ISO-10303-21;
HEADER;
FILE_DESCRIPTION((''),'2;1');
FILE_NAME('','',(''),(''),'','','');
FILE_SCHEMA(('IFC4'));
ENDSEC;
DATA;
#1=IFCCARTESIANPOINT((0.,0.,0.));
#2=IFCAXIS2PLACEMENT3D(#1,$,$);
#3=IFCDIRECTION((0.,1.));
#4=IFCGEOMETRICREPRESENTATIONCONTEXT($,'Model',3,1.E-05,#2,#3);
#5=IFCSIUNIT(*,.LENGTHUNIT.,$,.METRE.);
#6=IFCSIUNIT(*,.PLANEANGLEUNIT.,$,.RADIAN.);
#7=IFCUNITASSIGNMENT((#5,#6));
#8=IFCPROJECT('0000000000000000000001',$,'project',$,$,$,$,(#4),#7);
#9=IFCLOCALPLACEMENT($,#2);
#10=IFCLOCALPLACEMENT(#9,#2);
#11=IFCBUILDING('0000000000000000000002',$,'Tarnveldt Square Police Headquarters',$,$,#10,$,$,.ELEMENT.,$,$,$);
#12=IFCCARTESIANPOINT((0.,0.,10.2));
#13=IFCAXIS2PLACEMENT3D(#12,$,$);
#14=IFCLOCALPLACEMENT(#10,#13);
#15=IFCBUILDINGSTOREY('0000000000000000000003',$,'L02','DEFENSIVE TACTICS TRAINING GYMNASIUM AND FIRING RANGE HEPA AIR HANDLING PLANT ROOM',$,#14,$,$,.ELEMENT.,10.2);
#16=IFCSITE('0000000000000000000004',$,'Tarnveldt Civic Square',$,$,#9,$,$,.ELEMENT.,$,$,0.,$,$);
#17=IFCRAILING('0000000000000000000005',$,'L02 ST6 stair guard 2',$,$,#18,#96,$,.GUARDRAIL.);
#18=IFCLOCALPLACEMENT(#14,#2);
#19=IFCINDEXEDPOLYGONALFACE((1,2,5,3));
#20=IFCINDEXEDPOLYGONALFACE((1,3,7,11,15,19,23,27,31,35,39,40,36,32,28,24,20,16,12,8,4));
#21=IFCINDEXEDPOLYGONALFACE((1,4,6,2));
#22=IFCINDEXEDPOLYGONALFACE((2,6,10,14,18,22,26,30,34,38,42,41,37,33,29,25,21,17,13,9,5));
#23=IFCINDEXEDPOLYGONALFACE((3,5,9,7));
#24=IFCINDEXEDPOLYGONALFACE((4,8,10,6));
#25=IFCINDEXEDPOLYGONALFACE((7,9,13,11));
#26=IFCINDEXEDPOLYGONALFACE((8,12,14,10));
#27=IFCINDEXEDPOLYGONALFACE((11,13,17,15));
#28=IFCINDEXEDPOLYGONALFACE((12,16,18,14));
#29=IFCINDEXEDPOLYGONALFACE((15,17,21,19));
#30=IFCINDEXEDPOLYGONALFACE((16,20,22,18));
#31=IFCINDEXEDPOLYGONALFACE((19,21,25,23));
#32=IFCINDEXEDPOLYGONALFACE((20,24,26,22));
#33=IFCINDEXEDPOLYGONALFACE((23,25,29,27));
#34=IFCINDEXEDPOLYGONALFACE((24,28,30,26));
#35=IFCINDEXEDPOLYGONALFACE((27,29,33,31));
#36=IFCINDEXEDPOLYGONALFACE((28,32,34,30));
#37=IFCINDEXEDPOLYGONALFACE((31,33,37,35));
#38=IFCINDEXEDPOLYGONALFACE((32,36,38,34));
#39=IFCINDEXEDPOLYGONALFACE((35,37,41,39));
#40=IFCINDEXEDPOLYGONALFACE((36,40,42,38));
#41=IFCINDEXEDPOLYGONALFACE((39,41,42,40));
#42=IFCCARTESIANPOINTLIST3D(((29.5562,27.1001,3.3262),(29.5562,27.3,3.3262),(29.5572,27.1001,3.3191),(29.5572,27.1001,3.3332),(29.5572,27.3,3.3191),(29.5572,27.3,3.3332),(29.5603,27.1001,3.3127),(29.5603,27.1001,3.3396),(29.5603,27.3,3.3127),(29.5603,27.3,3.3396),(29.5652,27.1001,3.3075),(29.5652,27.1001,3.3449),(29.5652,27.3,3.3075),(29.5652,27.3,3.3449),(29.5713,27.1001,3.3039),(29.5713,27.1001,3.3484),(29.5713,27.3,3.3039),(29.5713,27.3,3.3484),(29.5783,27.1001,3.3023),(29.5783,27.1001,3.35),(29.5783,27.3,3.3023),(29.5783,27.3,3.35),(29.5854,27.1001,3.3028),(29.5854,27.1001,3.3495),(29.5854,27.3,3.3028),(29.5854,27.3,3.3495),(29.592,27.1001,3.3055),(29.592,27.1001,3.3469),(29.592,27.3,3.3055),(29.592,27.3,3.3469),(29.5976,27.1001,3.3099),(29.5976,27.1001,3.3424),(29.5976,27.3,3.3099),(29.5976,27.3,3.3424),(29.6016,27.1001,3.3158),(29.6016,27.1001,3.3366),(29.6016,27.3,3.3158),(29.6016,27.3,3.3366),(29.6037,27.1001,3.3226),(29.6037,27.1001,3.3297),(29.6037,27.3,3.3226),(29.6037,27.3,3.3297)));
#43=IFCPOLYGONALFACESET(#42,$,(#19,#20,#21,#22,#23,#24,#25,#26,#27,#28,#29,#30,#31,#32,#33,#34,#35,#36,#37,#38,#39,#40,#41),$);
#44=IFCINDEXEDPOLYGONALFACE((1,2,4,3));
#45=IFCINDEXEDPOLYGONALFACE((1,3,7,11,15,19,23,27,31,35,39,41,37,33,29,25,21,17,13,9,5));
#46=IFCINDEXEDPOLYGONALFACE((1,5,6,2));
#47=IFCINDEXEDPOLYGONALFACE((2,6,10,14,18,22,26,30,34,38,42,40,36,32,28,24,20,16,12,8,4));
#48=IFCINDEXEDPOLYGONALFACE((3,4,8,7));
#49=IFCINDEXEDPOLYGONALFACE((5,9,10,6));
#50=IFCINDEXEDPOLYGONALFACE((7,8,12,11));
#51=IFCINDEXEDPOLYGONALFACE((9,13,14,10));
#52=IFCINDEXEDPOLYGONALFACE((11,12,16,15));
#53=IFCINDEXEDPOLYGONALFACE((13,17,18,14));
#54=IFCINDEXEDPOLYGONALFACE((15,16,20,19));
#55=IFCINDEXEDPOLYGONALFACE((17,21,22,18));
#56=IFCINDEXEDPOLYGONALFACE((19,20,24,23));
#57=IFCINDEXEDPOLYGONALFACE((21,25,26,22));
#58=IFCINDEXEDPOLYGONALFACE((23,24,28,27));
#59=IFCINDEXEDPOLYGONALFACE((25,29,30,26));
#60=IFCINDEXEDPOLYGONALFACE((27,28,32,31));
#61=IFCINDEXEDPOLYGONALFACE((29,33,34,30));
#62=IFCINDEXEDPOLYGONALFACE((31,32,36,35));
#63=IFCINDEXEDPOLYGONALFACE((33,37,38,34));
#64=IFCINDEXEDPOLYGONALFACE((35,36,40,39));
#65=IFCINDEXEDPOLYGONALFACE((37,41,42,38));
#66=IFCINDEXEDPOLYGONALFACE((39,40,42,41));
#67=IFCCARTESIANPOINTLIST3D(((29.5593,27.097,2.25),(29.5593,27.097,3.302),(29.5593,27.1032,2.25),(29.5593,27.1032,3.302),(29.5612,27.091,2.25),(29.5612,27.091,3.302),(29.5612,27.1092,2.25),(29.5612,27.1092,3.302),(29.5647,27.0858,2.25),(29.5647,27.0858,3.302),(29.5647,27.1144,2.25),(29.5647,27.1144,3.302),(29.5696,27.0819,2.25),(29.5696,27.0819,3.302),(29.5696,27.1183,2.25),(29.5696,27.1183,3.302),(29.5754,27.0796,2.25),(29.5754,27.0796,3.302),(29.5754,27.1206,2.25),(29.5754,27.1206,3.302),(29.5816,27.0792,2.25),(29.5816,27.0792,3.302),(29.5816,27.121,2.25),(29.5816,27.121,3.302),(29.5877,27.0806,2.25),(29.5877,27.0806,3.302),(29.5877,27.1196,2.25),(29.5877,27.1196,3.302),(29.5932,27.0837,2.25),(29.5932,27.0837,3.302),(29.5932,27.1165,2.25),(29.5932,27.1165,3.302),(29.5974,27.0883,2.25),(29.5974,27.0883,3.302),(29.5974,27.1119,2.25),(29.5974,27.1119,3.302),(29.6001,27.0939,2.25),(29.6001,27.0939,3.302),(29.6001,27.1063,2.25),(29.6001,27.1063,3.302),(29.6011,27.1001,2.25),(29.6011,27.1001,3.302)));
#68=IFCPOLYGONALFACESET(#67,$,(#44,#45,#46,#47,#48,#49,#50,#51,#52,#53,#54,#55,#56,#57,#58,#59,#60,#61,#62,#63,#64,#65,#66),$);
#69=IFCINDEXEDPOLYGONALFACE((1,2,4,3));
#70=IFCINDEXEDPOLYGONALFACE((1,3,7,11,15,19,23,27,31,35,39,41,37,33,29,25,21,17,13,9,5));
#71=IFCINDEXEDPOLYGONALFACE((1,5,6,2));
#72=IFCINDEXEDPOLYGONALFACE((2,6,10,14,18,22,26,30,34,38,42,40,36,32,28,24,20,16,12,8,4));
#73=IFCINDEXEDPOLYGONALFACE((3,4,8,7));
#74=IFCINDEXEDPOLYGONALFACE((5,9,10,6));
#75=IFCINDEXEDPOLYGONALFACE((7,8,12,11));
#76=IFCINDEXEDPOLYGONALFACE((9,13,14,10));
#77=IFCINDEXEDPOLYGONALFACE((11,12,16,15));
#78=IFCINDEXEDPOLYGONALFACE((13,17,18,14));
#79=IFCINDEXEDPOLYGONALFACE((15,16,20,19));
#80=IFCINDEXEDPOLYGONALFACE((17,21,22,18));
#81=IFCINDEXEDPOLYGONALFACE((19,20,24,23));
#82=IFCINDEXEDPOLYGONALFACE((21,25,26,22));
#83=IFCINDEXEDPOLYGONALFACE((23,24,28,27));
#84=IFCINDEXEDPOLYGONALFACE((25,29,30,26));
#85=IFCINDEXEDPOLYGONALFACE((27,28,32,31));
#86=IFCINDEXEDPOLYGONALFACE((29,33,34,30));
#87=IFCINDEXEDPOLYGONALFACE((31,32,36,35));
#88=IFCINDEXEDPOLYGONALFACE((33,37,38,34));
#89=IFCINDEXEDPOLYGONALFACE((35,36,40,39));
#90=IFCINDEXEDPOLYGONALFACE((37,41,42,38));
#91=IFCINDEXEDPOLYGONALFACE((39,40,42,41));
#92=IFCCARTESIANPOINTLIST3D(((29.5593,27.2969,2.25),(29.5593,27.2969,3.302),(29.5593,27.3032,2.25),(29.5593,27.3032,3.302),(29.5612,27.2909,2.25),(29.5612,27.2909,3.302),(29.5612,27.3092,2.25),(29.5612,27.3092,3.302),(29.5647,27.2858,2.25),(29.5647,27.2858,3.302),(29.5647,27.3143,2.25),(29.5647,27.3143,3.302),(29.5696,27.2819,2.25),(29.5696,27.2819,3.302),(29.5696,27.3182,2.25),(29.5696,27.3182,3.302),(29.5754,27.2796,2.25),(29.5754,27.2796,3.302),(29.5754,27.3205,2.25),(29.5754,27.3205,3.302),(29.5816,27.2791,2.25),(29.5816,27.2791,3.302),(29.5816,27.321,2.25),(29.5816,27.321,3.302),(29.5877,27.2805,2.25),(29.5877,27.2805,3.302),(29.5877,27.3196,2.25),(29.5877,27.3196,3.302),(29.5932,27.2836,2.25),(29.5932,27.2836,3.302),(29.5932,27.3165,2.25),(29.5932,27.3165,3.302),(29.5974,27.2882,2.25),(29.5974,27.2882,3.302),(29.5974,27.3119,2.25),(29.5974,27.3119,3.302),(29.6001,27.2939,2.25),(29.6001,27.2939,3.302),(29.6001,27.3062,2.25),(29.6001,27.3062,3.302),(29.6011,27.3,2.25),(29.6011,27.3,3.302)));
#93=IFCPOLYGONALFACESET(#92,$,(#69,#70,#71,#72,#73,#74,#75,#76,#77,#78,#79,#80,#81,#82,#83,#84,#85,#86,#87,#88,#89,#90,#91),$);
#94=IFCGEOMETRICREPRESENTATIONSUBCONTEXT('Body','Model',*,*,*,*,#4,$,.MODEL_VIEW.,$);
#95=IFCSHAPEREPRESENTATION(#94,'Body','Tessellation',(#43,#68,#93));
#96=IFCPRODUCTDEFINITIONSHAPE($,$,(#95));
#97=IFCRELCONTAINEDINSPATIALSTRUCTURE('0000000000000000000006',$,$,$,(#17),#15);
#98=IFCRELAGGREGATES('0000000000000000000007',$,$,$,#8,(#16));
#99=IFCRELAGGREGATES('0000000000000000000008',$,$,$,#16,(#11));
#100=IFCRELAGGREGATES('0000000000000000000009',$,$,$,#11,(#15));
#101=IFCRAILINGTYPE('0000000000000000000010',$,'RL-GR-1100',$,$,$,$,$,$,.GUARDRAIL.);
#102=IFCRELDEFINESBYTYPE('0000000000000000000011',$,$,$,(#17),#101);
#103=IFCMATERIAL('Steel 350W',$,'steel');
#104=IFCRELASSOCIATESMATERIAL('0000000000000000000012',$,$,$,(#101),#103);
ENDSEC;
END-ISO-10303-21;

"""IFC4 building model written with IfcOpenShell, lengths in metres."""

from ifc_helpers import new_model, si_unit, direction, frame, origin, origin_2d, place, context, subcontext, project, spatial, circle, extrude, material, type_object, element, save


model = new_model("IFC4")

# Units and contexts
model_context = context("Model", 3, precision=1e-05, world=origin(), true_north=direction((0.0, 1.0)))
body_context = subcontext(model_context, "Body", "Model", "MODEL_VIEW")
ifc_project = project(units=[si_unit("LENGTHUNIT", "METRE"), si_unit("PLANEANGLEUNIT", "RADIAN")], contexts=[model_context])

# Site, building, storey
site_placement = place(None, origin())
site = spatial("IfcSite", under=ifc_project, at=site_placement, Name="Tarnveldt Civic Square", CompositionType="ELEMENT", RefElevation=0.0)
building_placement = place(site_placement, origin())
building = spatial("IfcBuilding", under=site, at=building_placement, Name="Tarnveldt Square Police Headquarters", CompositionType="ELEMENT")
storey_placement = place(building_placement, frame((0.0, 0.0, 10.2)))
storey = spatial("IfcBuildingStorey", under=building, at=storey_placement, Name="L02", Description="DEFENSIVE TACTICS TRAINING GYMNASIUM AND FIRING RANGE HEPA AIR HANDLING PLANT ROOM", CompositionType="ELEMENT", Elevation=10.2)

# Shared definitions
ifc_material_1 = material(Name="Steel 350W", Category="steel")

# Railing
railing_type_1 = type_object("IfcRailingType", Name="RL-GR-1100", PredefinedType="GUARDRAIL", material=ifc_material_1)
railing_1_placement = place(storey_placement, frame((29.5801, 27.1001, 2.25)))
element("IfcRailing", 1, at=railing_1_placement, inside=storey, type_object=railing_type_1, Name="L02 ST6 stair guard 2", PredefinedType="GUARDRAIL", context=body_context, shape_type="SweptSolid", body=[
    extrude(circle(Radius=0.0239, at=origin_2d()), frame((0.0, 0.0, 1.0762), z_axis=(0.0, 1.0, 0.0), x_axis=(-1.0, 0.0, 0.0)), (0.0, 0.0, 1.0), 0.2),
    extrude(circle(Radius=0.021, at=origin_2d()), origin(), (0.0, 0.0, 1.0), 1.052),
    extrude(circle(Radius=0.021, at=origin_2d()), frame((0.0, 0.2, 0.0)), (0.0, 0.0, 1.0), 1.052),
])

save(model, "model.ifc")
